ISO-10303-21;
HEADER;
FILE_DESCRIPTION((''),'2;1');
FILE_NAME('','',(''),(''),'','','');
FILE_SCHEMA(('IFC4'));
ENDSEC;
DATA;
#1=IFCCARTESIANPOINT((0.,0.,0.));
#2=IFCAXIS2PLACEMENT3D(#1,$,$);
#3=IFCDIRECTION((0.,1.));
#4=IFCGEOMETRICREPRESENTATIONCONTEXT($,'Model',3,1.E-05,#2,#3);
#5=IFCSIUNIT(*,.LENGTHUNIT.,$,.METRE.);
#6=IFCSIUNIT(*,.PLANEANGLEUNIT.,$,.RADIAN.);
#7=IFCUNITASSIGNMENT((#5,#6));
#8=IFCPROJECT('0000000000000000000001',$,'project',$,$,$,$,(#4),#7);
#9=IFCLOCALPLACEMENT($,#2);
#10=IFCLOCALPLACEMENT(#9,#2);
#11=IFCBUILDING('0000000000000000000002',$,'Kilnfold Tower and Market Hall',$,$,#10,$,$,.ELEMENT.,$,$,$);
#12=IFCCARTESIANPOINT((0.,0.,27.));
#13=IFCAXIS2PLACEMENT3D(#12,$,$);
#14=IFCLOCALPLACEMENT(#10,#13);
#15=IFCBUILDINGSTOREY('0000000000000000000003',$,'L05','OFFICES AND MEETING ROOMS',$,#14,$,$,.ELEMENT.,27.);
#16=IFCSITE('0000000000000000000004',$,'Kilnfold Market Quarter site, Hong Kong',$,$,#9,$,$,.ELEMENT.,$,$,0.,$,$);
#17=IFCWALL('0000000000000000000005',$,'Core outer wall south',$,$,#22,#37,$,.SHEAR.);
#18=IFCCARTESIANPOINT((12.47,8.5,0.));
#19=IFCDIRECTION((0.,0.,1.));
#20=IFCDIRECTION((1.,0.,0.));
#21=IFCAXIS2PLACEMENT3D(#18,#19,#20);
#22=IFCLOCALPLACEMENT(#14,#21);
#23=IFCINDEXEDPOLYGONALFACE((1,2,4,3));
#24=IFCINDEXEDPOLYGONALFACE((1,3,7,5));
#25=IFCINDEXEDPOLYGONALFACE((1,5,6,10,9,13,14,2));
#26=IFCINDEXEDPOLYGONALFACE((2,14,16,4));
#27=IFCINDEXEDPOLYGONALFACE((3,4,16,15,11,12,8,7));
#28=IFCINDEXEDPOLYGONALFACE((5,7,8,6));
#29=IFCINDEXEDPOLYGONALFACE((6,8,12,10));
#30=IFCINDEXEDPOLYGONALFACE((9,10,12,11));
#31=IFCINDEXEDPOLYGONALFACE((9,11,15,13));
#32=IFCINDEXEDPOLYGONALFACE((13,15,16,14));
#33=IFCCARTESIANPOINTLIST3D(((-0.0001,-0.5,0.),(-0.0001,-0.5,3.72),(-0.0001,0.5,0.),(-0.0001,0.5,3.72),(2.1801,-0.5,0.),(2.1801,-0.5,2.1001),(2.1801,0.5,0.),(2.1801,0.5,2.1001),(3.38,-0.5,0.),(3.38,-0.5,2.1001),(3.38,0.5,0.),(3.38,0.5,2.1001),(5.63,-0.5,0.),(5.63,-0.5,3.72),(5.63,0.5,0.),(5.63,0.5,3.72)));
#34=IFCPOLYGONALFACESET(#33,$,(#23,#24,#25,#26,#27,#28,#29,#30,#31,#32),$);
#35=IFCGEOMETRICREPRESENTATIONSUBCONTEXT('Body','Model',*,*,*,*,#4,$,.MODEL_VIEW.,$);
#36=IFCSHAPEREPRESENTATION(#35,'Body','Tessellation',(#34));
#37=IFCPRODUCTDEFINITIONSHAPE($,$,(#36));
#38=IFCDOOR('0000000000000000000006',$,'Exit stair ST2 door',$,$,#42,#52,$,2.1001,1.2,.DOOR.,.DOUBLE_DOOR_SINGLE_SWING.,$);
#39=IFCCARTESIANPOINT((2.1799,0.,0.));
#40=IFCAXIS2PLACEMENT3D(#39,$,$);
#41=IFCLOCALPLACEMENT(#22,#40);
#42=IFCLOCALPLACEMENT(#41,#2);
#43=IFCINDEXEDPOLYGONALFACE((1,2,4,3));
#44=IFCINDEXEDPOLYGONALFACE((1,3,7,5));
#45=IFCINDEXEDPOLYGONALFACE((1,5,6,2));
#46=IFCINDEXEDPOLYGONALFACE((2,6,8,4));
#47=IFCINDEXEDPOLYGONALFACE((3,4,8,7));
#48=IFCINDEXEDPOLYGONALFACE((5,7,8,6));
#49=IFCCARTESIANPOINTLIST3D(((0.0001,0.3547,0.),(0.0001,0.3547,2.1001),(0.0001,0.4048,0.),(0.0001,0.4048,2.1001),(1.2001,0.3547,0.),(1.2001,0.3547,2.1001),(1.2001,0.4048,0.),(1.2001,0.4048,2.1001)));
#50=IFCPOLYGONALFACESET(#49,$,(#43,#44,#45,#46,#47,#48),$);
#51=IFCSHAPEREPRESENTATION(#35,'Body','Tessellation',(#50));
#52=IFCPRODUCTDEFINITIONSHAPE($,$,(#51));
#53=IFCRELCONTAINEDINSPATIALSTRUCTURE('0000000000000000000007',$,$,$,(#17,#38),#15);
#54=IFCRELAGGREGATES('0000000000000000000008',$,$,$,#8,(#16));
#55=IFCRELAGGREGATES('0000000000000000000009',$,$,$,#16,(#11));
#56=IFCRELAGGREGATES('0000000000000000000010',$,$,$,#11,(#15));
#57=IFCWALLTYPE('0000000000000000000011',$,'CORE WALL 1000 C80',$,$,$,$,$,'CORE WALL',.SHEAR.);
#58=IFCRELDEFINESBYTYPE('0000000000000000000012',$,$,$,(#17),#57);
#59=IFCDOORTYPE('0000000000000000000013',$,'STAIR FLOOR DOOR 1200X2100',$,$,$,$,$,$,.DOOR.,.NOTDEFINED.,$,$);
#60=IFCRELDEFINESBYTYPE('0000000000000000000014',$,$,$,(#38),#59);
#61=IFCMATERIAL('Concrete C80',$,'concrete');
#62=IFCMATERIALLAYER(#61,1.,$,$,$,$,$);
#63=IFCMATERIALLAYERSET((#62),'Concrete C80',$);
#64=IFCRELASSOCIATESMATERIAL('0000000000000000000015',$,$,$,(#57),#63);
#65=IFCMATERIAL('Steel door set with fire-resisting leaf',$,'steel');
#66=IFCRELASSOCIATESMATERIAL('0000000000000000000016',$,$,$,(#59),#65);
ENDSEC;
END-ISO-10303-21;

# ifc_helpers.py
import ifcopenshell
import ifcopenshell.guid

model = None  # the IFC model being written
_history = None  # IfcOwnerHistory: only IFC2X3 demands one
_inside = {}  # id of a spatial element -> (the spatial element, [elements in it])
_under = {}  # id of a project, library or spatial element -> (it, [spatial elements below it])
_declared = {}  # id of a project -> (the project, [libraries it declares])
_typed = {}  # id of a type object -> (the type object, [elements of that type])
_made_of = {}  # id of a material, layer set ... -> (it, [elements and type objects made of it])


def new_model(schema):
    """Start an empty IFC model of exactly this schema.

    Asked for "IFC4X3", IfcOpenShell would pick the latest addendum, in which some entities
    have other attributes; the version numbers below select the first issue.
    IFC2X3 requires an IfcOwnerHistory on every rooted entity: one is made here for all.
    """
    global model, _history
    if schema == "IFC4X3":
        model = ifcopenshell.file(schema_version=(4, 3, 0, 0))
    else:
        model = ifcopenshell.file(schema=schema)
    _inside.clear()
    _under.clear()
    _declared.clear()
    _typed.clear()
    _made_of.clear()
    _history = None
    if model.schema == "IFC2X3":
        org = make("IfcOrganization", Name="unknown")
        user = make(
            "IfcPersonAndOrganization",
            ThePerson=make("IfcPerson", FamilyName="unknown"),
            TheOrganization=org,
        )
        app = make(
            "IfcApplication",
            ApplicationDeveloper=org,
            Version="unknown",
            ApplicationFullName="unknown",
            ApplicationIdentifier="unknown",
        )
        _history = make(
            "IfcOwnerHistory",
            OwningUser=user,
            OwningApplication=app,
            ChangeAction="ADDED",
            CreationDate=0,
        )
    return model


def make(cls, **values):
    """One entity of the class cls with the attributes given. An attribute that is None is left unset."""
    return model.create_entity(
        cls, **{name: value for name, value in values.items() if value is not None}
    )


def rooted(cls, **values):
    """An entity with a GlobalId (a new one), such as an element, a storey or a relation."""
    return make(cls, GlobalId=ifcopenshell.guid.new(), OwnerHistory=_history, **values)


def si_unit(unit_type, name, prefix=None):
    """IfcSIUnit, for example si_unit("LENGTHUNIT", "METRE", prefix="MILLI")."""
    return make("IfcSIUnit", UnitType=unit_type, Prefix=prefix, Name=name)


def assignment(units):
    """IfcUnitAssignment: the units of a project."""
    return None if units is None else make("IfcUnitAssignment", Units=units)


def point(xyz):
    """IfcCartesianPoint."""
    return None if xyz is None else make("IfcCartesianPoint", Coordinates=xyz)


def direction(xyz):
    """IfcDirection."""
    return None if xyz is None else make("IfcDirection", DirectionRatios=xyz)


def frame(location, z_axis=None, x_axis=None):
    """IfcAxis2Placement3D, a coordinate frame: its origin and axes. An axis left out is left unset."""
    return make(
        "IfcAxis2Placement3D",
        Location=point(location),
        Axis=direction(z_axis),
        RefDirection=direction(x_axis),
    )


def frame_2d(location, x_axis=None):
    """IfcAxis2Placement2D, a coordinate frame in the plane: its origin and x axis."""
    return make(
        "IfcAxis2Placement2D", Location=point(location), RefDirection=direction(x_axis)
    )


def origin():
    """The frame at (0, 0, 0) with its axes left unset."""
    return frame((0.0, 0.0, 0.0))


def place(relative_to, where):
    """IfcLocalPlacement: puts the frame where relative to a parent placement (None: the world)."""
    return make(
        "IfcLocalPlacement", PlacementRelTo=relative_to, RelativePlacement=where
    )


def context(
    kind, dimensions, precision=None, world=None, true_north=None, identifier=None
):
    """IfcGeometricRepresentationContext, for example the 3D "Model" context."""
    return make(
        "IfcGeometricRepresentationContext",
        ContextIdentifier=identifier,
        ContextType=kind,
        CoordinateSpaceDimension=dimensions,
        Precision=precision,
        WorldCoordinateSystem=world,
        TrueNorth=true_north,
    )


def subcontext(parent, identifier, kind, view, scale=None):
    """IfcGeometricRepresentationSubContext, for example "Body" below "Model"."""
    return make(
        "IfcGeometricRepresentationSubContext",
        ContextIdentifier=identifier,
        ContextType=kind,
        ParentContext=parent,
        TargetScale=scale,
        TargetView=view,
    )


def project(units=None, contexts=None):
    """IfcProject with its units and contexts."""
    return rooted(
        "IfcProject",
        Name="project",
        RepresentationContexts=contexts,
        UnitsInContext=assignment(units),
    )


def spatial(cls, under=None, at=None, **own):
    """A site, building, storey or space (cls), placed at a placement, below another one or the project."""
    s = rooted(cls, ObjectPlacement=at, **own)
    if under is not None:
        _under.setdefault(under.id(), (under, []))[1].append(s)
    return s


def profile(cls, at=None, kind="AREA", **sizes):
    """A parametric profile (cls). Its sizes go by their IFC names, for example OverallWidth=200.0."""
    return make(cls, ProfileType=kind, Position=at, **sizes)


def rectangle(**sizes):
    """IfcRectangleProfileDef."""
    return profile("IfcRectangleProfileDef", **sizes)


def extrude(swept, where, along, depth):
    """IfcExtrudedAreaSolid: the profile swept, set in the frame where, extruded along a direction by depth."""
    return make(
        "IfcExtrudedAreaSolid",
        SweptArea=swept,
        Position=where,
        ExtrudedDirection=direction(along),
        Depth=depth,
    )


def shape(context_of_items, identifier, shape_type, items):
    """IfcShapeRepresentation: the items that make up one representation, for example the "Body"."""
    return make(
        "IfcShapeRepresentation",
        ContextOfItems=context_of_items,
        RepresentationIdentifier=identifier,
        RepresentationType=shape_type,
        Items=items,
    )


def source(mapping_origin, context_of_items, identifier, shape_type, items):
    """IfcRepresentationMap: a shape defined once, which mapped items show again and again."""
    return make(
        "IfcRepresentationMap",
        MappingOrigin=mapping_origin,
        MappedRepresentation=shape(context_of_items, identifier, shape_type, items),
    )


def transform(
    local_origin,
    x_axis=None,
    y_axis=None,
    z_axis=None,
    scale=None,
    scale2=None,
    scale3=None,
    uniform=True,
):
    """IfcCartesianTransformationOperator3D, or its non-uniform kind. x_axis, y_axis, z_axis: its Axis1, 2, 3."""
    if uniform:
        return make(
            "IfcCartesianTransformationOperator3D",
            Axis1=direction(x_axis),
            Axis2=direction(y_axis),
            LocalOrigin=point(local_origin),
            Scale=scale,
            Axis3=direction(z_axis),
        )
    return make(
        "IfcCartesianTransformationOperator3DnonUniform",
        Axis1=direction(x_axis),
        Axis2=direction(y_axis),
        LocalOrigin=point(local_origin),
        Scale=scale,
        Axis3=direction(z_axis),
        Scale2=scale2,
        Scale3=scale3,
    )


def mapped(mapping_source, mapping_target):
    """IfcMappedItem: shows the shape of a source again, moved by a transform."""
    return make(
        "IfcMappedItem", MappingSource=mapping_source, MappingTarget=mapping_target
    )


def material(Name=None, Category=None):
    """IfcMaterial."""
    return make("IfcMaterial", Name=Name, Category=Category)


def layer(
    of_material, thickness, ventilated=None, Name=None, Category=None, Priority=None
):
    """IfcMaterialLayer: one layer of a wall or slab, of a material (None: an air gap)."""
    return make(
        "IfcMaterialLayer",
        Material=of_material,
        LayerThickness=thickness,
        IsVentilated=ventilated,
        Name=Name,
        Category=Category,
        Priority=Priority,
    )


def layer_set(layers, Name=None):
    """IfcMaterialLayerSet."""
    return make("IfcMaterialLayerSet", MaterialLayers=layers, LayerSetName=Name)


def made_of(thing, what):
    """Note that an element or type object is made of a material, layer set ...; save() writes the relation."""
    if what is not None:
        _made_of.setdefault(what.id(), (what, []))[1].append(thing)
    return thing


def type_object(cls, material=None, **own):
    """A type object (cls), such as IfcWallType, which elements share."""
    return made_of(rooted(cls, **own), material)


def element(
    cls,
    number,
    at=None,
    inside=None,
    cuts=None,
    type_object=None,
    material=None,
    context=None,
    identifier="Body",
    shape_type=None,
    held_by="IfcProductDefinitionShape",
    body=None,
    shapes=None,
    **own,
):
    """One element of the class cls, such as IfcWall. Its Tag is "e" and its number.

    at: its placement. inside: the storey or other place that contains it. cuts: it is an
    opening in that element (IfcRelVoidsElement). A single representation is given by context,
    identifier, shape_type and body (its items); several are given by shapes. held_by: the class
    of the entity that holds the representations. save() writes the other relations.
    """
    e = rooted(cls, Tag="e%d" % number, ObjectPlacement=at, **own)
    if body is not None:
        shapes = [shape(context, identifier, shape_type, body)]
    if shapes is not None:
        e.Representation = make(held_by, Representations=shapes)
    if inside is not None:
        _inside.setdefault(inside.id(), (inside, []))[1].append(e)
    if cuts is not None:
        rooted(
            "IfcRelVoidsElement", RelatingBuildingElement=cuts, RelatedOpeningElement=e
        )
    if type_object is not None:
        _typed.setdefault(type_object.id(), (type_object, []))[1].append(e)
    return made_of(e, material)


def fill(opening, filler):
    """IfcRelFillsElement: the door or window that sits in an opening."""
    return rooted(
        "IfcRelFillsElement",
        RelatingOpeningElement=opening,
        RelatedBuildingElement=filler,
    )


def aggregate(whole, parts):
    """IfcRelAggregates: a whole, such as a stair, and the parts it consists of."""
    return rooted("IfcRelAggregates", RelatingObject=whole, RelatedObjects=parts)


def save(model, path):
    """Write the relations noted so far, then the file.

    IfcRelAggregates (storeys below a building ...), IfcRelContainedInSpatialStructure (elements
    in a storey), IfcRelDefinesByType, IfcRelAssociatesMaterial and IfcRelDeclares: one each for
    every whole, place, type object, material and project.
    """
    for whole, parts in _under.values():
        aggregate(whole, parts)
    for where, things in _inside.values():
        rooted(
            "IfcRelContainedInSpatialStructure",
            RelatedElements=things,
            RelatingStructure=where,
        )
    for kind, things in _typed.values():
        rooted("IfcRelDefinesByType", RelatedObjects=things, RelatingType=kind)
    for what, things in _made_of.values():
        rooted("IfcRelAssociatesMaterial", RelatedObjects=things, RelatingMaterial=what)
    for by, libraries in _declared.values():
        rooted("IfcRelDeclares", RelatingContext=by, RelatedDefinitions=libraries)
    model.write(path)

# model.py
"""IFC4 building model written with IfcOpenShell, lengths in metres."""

from ifc_helpers import new_model, si_unit, direction, frame, frame_2d, origin, place, context, subcontext, project, spatial, rectangle, extrude, source, transform, mapped, material, layer, layer_set, type_object, element, fill, save


model = new_model("IFC4")

# Units and contexts
model_context = context("Model", 3, precision=1e-05, world=origin(), true_north=direction((0.0, 1.0)))
body_context = subcontext(model_context, "Body", "Model", "MODEL_VIEW")
ifc_project = project(units=[si_unit("LENGTHUNIT", "METRE"), si_unit("PLANEANGLEUNIT", "RADIAN")], contexts=[model_context])

# Site, building, storey
site_placement = place(None, origin())
site = spatial("IfcSite", under=ifc_project, at=site_placement, Name="Kilnfold Market Quarter site, Hong Kong", CompositionType="ELEMENT", RefElevation=0.0)
building_placement = place(site_placement, origin())
building = spatial("IfcBuilding", under=site, at=building_placement, Name="Kilnfold Tower and Market Hall", CompositionType="ELEMENT")
storey_placement = place(building_placement, frame((0.0, 0.0, 27.0)))
storey = spatial("IfcBuildingStorey", under=building, at=storey_placement, Name="L05", Description="OFFICES AND MEETING ROOMS", CompositionType="ELEMENT", Elevation=27.0)

# Shared definitions
ifc_material_1 = material(Name="Concrete C80", Category="concrete")
ifc_layer_1 = layer(ifc_material_1, 1.0)
ifc_layer_set_1 = layer_set([ifc_layer_1], Name="Concrete C80")
wall_type_1 = type_object("IfcWallType", Name="CORE WALL 1000 C80", ElementType="CORE WALL", PredefinedType="SHEAR", material=ifc_layer_set_1)

# Wall, opening, door
shared_shape_1 = source(origin(), body_context, "Body", "SweptSolid", [
    extrude(rectangle(XDim=5.6301, YDim=1.0, at=frame_2d((2.8149, 0.0))), origin(), (0.0, 0.0, 1.0), 3.72),
])
wall_1_placement = place(storey_placement, frame((12.47, 8.5, 0.0), z_axis=(0.0, 0.0, 1.0), x_axis=(1.0, 0.0, 0.0)))
wall_1 = element("IfcWall", 1, at=wall_1_placement, inside=storey, type_object=wall_type_1, Name="Core outer wall south", PredefinedType="SHEAR", context=body_context, shape_type="MappedRepresentation", body=[
    mapped(shared_shape_1, transform((0.0, 0.0, 0.0))),
])
opening_1_placement = place(wall_1_placement, frame((2.1799, 0.0, 0.0)))
opening_1 = element("IfcOpeningElement", 2, at=opening_1_placement, cuts=wall_1, PredefinedType="OPENING", context=body_context, shape_type="SweptSolid", body=[
    extrude(rectangle(XDim=1.2, YDim=2.1001, at=frame_2d((0.6001, 1.05))), frame((0.0, 0.51, 0.0), z_axis=(0.0, -1.0, 0.0), x_axis=(1.0, 0.0, 0.0)), (0.0, 0.0, 1.0), 1.02),
])
ifc_material_2 = material(Name="Steel door set with fire-resisting leaf", Category="steel")
door_type_1 = type_object("IfcDoorType", Name="STAIR FLOOR DOOR 1200X2100", OperationType="NOTDEFINED", PredefinedType="DOOR", material=ifc_material_2)
door_1_placement = place(opening_1_placement, origin())
door_1 = element("IfcDoor", 3, at=door_1_placement, inside=storey, type_object=door_type_1, Name="Exit stair ST2 door", OperationType="DOUBLE_DOOR_SINGLE_SWING", OverallHeight=2.1001, OverallWidth=1.2, PredefinedType="DOOR", context=body_context, shape_type="SweptSolid", body=[
    extrude(rectangle(XDim=1.2, YDim=2.1001, at=frame_2d((0.6001, 1.05))), frame((0.0, 0.4048, 0.0), z_axis=(0.0, -1.0, 0.0), x_axis=(1.0, 0.0, 0.0)), (0.0, 0.0, 1.0), 0.05),
])
fill(opening_1, door_1)

save(model, "model.ifc")
